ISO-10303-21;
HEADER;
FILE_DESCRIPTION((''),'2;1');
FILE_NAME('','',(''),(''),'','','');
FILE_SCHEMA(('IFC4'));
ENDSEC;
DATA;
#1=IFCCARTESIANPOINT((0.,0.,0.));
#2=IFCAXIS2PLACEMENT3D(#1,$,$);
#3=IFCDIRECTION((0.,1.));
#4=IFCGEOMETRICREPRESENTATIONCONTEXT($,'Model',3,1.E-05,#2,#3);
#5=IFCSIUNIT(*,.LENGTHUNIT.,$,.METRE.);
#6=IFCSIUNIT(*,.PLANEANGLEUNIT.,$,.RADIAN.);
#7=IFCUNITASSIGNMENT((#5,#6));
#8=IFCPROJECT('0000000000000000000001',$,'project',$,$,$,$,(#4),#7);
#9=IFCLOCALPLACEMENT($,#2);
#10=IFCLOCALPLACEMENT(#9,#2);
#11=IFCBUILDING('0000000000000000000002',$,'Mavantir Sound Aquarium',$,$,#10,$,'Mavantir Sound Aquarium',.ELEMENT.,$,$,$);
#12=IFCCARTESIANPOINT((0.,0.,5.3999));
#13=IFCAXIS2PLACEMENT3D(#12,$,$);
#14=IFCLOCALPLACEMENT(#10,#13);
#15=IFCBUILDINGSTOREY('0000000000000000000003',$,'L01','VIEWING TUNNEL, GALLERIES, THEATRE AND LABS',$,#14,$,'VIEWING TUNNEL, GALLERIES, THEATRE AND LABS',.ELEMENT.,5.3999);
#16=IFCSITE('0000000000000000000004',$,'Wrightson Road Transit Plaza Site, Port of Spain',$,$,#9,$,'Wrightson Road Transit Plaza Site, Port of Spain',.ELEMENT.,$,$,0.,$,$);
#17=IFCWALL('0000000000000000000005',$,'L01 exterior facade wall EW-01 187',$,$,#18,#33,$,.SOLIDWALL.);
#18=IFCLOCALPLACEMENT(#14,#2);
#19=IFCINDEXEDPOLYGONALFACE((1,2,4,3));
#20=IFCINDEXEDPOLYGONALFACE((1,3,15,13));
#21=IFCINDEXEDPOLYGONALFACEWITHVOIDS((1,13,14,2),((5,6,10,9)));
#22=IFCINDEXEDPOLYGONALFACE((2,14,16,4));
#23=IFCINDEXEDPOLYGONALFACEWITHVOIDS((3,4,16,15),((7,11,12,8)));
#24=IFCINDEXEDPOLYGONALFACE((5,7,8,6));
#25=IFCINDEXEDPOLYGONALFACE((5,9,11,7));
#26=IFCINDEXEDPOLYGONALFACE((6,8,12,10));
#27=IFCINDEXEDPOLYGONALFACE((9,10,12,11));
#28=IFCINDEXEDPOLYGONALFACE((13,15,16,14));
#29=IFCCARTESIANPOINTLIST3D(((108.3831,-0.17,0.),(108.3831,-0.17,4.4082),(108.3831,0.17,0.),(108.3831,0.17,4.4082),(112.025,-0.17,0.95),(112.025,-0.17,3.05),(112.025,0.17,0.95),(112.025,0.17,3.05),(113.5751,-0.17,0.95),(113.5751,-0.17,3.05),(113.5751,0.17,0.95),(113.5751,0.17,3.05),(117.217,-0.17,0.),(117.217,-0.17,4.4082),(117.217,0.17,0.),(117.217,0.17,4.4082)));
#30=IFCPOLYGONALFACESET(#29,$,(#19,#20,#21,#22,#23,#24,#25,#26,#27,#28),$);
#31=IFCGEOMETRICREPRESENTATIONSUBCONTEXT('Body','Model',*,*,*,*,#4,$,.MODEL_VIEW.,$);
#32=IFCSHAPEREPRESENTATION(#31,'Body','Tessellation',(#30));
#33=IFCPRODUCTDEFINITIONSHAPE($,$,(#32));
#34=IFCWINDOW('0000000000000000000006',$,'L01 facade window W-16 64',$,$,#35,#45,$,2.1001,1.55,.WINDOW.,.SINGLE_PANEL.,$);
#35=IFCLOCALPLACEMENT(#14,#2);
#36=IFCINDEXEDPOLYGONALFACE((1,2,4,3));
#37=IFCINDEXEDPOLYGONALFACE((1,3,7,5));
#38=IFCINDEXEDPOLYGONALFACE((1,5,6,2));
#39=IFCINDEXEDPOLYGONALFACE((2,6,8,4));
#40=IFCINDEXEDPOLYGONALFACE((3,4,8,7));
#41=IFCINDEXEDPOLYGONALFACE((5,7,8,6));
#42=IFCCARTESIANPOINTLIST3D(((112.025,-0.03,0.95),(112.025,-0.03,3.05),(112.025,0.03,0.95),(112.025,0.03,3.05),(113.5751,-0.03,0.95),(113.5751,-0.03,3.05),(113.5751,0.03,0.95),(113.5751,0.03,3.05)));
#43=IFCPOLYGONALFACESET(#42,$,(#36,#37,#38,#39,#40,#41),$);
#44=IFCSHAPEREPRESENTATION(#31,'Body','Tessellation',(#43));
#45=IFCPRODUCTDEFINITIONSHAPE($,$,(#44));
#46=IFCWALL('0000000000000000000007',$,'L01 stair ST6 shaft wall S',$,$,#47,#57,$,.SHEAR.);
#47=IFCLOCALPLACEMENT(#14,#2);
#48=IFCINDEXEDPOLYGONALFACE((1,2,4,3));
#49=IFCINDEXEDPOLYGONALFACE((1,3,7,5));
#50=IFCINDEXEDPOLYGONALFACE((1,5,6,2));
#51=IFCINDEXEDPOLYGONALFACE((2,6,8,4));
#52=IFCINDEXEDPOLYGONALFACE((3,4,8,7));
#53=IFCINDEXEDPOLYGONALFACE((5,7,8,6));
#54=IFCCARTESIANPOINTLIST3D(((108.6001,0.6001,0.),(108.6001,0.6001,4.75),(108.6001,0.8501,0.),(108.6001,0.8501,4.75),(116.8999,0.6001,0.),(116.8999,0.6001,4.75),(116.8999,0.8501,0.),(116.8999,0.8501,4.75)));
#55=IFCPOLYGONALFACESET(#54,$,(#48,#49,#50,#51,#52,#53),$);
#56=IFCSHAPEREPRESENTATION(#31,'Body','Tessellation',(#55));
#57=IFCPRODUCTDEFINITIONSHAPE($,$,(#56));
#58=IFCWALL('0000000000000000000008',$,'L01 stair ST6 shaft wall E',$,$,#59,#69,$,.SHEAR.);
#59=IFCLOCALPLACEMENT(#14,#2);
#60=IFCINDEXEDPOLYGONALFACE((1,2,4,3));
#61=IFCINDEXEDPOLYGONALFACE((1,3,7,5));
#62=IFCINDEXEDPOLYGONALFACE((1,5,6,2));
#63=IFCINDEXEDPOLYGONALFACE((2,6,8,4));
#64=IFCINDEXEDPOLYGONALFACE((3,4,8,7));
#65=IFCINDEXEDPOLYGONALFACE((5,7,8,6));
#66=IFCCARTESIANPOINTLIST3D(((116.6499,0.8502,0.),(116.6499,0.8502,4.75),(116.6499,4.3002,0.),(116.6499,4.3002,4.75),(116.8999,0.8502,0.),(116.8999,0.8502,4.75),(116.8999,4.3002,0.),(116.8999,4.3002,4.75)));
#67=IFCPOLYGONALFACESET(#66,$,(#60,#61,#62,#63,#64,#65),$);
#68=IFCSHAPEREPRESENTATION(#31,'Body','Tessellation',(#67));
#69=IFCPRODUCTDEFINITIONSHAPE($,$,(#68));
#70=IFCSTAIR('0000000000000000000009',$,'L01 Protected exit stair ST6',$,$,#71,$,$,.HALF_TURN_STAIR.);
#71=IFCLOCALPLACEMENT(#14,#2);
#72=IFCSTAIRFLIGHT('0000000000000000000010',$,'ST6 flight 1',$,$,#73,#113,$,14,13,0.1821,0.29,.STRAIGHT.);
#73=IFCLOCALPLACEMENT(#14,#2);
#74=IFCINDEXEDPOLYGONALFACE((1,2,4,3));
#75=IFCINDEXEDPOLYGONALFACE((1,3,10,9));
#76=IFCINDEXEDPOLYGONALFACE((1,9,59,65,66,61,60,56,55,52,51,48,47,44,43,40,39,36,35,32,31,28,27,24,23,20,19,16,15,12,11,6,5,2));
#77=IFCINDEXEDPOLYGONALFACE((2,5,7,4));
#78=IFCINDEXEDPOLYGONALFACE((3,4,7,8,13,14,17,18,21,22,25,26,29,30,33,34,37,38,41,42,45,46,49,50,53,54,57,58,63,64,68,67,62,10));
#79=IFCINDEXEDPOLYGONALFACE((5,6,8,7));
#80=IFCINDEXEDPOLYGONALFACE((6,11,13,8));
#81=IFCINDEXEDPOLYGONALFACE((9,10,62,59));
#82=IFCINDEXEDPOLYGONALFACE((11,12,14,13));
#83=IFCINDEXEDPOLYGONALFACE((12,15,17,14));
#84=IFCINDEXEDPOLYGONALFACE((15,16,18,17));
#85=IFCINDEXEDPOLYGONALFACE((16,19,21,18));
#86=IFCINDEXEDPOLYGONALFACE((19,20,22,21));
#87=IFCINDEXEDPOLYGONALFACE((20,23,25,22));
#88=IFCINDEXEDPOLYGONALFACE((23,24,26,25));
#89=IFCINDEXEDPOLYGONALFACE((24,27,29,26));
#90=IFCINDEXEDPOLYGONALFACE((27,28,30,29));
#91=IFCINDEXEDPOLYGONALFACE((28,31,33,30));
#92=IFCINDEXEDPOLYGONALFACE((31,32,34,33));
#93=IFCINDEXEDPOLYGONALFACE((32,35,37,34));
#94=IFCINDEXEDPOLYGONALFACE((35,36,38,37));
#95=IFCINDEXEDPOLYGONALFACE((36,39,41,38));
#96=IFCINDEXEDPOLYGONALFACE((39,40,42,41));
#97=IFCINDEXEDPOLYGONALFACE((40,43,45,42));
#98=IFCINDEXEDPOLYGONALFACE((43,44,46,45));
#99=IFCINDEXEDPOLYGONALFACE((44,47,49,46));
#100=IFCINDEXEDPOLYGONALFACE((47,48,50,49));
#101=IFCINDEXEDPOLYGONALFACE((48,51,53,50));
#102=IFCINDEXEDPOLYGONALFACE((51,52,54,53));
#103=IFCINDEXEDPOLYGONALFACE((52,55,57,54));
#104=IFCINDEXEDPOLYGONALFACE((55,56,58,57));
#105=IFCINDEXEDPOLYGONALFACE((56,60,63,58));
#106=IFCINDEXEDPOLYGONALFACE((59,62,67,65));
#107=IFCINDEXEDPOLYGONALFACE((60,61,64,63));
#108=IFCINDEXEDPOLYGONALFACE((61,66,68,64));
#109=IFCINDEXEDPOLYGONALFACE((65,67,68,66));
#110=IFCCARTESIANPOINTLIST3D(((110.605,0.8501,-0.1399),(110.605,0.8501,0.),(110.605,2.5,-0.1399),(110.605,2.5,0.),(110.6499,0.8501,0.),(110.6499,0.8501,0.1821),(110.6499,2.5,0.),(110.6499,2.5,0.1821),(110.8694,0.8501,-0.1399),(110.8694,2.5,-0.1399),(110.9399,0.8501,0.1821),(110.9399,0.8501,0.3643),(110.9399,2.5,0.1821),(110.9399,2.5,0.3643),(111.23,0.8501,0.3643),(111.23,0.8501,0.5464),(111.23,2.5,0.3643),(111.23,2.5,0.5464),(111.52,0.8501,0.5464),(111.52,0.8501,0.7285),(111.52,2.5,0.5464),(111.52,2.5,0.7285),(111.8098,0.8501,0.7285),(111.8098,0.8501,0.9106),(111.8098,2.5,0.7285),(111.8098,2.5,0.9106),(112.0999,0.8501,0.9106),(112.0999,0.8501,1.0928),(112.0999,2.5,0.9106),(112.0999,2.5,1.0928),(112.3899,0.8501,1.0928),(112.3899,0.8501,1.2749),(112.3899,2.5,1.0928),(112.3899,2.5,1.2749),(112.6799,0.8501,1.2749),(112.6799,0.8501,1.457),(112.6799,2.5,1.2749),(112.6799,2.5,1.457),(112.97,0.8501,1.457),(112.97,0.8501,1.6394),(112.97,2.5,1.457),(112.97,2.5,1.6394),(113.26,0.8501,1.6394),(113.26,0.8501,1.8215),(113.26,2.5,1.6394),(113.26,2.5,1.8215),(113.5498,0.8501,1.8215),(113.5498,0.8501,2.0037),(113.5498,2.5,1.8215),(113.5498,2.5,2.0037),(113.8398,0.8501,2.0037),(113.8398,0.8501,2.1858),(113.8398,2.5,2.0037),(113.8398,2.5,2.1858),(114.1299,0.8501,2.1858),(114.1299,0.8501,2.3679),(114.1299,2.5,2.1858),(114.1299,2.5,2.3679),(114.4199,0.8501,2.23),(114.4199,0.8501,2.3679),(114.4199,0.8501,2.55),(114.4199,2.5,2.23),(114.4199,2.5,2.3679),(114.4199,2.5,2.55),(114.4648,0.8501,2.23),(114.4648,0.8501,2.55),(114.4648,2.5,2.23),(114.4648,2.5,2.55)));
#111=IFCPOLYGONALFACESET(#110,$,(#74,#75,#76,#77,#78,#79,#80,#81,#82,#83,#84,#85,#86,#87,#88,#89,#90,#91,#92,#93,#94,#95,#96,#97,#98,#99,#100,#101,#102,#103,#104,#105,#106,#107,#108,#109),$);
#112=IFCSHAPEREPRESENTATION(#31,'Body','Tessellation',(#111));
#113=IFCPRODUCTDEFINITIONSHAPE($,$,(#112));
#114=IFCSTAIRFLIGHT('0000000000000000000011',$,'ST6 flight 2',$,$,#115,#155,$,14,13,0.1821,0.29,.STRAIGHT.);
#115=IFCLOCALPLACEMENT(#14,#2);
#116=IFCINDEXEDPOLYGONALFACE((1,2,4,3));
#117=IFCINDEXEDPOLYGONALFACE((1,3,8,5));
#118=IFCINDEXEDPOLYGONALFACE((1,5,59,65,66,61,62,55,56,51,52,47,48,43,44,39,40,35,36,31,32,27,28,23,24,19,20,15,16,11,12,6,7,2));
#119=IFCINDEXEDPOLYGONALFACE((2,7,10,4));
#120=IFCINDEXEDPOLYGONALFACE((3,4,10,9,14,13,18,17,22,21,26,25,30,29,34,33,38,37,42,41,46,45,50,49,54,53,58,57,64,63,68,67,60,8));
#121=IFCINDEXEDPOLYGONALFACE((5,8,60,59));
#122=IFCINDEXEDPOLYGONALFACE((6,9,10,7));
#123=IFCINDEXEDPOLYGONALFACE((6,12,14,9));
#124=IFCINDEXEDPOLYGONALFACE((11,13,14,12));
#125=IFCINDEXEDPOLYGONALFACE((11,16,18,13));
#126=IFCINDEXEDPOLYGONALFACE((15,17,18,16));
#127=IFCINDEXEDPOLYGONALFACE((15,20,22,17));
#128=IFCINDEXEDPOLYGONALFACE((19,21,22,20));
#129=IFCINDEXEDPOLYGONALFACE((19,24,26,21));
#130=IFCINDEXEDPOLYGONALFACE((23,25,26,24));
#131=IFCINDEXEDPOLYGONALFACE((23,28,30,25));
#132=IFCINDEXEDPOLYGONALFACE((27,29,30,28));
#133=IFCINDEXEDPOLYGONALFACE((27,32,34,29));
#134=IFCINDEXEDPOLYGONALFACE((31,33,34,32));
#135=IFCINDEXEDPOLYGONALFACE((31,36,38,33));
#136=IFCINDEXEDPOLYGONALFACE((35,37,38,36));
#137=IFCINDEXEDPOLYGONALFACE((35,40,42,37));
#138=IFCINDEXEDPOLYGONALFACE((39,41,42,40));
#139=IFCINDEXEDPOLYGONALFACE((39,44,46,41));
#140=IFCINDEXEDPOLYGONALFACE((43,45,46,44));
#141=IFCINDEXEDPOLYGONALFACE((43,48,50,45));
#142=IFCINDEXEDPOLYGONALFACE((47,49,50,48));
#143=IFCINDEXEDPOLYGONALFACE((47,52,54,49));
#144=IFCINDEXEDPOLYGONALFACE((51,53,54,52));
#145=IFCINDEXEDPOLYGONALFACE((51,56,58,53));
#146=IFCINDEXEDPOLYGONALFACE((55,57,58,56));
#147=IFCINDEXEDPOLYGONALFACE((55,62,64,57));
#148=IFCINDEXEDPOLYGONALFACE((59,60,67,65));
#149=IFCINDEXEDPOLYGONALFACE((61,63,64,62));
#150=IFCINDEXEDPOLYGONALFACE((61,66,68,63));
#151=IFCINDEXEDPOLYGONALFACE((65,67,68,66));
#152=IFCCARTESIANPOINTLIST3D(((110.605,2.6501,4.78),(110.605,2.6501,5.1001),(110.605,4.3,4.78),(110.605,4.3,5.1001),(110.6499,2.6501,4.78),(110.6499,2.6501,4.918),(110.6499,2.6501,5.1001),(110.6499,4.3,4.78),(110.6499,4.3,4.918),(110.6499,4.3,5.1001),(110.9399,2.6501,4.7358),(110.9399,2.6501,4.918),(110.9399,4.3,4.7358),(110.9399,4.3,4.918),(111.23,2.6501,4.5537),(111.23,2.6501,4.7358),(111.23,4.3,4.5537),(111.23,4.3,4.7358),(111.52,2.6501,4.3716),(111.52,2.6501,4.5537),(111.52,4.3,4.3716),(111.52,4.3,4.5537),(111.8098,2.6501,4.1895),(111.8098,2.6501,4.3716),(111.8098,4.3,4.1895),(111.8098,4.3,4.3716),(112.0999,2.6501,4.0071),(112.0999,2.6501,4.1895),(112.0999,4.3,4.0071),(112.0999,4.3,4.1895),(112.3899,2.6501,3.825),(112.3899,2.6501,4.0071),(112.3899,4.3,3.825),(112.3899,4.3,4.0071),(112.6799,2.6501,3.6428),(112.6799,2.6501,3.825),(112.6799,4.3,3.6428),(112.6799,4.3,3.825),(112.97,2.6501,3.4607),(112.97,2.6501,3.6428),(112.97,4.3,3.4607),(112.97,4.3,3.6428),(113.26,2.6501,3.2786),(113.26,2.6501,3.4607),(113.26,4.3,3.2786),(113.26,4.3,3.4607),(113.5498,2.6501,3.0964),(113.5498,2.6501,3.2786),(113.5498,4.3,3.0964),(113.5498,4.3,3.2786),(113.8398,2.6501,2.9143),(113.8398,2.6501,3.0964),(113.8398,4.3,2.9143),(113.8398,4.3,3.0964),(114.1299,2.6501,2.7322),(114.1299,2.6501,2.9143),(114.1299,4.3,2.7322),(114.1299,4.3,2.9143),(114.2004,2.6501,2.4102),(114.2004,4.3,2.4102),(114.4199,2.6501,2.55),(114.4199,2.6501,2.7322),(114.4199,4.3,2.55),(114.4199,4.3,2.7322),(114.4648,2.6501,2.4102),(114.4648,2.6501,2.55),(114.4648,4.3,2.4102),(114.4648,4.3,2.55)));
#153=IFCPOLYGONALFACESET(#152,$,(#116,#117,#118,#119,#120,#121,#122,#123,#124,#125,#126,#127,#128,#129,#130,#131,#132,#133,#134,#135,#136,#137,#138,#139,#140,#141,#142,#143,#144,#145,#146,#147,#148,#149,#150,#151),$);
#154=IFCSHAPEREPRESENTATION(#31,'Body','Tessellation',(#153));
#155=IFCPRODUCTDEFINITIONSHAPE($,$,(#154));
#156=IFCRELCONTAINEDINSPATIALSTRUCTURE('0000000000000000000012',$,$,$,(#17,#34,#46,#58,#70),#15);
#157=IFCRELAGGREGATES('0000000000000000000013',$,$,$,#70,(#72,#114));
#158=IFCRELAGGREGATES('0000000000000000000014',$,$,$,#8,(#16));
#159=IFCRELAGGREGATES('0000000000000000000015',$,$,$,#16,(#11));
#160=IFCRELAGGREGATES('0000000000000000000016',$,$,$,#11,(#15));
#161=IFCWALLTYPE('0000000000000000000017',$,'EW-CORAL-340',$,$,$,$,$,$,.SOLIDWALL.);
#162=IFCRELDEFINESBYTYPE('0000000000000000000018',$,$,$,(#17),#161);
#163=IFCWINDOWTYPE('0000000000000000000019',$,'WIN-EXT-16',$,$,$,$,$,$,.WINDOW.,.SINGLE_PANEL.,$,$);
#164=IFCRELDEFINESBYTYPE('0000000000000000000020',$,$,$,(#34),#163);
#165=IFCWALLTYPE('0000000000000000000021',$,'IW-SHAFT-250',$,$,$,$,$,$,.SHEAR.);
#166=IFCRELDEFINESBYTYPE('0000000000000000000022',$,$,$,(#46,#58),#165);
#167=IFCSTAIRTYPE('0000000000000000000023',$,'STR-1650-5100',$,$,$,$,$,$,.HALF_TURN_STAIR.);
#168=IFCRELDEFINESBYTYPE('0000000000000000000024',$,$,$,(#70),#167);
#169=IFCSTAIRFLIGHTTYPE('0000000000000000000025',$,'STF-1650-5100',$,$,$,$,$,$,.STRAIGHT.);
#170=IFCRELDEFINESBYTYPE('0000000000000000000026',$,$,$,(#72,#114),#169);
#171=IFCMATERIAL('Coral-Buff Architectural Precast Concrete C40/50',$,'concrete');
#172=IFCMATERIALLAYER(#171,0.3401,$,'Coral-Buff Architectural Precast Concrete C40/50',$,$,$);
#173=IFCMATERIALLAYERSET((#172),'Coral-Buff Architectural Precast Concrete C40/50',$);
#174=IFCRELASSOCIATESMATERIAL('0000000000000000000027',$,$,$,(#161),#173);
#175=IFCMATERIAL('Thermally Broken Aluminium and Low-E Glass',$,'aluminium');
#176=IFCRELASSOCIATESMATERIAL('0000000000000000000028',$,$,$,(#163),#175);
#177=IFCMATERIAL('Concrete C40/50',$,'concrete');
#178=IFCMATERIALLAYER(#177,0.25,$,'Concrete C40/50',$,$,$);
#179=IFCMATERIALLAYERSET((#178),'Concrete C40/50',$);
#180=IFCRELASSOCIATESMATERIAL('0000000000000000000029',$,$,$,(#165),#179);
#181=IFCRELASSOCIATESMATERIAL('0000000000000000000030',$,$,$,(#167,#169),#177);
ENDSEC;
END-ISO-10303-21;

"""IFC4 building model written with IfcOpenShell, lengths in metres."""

from ifc_helpers import new_model, si_unit, direction, frame, frame_2d, origin, place, context, subcontext, project, spatial, polyline, rectangle, outline, extrude, material, layer, layer_set, type_object, element, fill, aggregate, save


model = new_model("IFC4")

# Units and contexts
model_context = context("Model", 3, precision=1e-05, world=origin(), true_north=direction((0.0, 1.0)))
body_context = subcontext(model_context, "Body", "Model", "MODEL_VIEW")
ifc_project = project(units=[si_unit("LENGTHUNIT", "METRE"), si_unit("PLANEANGLEUNIT", "RADIAN")], contexts=[model_context])

# Site, building, storey
site_placement = place(None, origin())
site = spatial("IfcSite", under=ifc_project, at=site_placement, Name="Wrightson Road Transit Plaza Site, Port of Spain", LongName="Wrightson Road Transit Plaza Site, Port of Spain", CompositionType="ELEMENT", RefElevation=0.0)
building_placement = place(site_placement, origin())
building = spatial("IfcBuilding", under=site, at=building_placement, Name="Mavantir Sound Aquarium", LongName="Mavantir Sound Aquarium", CompositionType="ELEMENT")
storey_placement = place(building_placement, frame((0.0, 0.0, 5.3999)))
storey = spatial("IfcBuildingStorey", under=building, at=storey_placement, Name="L01", Description="VIEWING TUNNEL, GALLERIES, THEATRE AND LABS", LongName="VIEWING TUNNEL, GALLERIES, THEATRE AND LABS", CompositionType="ELEMENT", Elevation=5.3999)

# Shared definitions
ifc_material_1 = material(Name="Concrete C40/50", Category="concrete")

# Wall, opening, window
ifc_material_2 = material(Name="Coral-Buff Architectural Precast Concrete C40/50", Category="concrete")
ifc_layer_1 = layer(ifc_material_2, 0.3401, Name="Coral-Buff Architectural Precast Concrete C40/50")
ifc_layer_set_1 = layer_set([ifc_layer_1], Name="Coral-Buff Architectural Precast Concrete C40/50")
wall_type_1 = type_object("IfcWallType", Name="EW-CORAL-340", PredefinedType="SOLIDWALL", material=ifc_layer_set_1)
wall_1_placement = place(storey_placement, frame((108.3831, 0.0, 0.0), z_axis=(0.0, 0.0, 1.0), x_axis=(1.0, 0.0, 0.0)))
wall_1 = element("IfcWall", 1, at=wall_1_placement, inside=storey, type_object=wall_type_1, Name="L01 exterior facade wall EW-01 187", PredefinedType="SOLIDWALL", context=body_context, shape_type="SweptSolid", body=[
    extrude(rectangle(XDim=8.834, YDim=0.3401, at=frame_2d((4.417, 0.0))), origin(), (0.0, 0.0, 1.0), 4.4082),
])
opening_placement = place(wall_1_placement, frame((3.6421, 0.0, 0.95)))
opening = element("IfcOpeningElement", 2, at=opening_placement, cuts=wall_1, PredefinedType="OPENING", context=body_context, shape_type="SweptSolid", body=[
    extrude(rectangle(XDim=1.55, YDim=2.1001, at=frame_2d((0.7749, 1.05))), frame((0.0, 0.1802, 0.0), z_axis=(0.0, -1.0, 0.0), x_axis=(1.0, 0.0, 0.0)), (0.0, 0.0, 1.0), 0.3601),
])
ifc_material_3 = material(Name="Thermally Broken Aluminium and Low-E Glass", Category="aluminium")
window_type = type_object("IfcWindowType", Name="WIN-EXT-16", PartitioningType="SINGLE_PANEL", PredefinedType="WINDOW", material=ifc_material_3)
window_placement = place(opening_placement, origin())
window = element("IfcWindow", 3, at=window_placement, inside=storey, type_object=window_type, Name="L01 facade window W-16 64", OverallHeight=2.1001, OverallWidth=1.55, PartitioningType="SINGLE_PANEL", PredefinedType="WINDOW", context=body_context, shape_type="SweptSolid", body=[
    extrude(rectangle(XDim=1.55, YDim=2.1001, at=frame_2d((0.7749, 1.05))), frame((0.0, 0.03, 0.0), z_axis=(0.0, -1.0, 0.0), x_axis=(1.0, 0.0, 0.0)), (0.0, 0.0, 1.0), 0.0601),
])
fill(opening, window)

# Walls
ifc_layer_2 = layer(ifc_material_1, 0.25, Name="Concrete C40/50")
ifc_layer_set_2 = layer_set([ifc_layer_2], Name="Concrete C40/50")
wall_type_2 = type_object("IfcWallType", Name="IW-SHAFT-250", PredefinedType="SHEAR", material=ifc_layer_set_2)
wall_2_placement = place(storey_placement, frame((108.6001, 0.7251, 0.0), z_axis=(0.0, 0.0, 1.0), x_axis=(1.0, 0.0, 0.0)))
element("IfcWall", 4, at=wall_2_placement, inside=storey, type_object=wall_type_2, Name="L01 stair ST6 shaft wall S", PredefinedType="SHEAR", context=body_context, shape_type="SweptSolid", body=[
    extrude(rectangle(XDim=8.2998, YDim=0.25, at=frame_2d((4.1499, 0.0))), origin(), (0.0, 0.0, 1.0), 4.75),
])
wall_3_placement = place(storey_placement, frame((116.7749, 0.8501, 0.0), z_axis=(0.0, 0.0, 1.0), x_axis=(0.0, 1.0, 0.0)))
element("IfcWall", 5, at=wall_3_placement, inside=storey, type_object=wall_type_2, Name="L01 stair ST6 shaft wall E", PredefinedType="SHEAR", context=body_context, shape_type="SweptSolid", body=[
    extrude(rectangle(XDim=3.45, YDim=0.25, at=frame_2d((1.7251, 0.0))), origin(), (0.0, 0.0, 1.0), 4.75),
])

# Stair, stair flights
stair_type = type_object("IfcStairType", Name="STR-1650-5100", PredefinedType="HALF_TURN_STAIR", material=ifc_material_1)
stair_placement = place(storey_placement, origin())
stair = element("IfcStair", 6, at=stair_placement, inside=storey, type_object=stair_type, Name="L01 Protected exit stair ST6", PredefinedType="HALF_TURN_STAIR")
stair_flight_type = type_object("IfcStairFlightType", Name="STF-1650-5100", PredefinedType="STRAIGHT", material=ifc_material_1)
stair_flight_1_placement = place(storey_placement, frame((110.6499, 1.675, 0.0), z_axis=(0.0, 0.0, 1.0), x_axis=(1.0, 0.0, 0.0)))
stair_flight_1 = element("IfcStairFlight", 7, at=stair_flight_1_placement, type_object=stair_flight_type, Name="ST6 flight 1", NumberOfRisers=14, NumberOfTreads=13, PredefinedType="STRAIGHT", RiserHeight=0.1821, TreadLength=0.29, context=body_context, shape_type="SweptSolid", body=[
    extrude(outline(polyline([(-0.0449, -0.1399), (-0.0449, 0.0), (0.0, 0.0), (0.0, 0.1821), (0.29, 0.1821), (0.29, 0.3643), (0.5801, 0.3643), (0.5801, 0.5464), (0.8701, 0.5464), (0.8701, 0.7285), (1.1599, 0.7285), (1.1599, 0.9106), (1.45, 0.9106), (1.45, 1.0928), (1.74, 1.0928), (1.74, 1.2749), (2.03, 1.2749), (2.03, 1.457), (2.3201, 1.457), (2.3201, 1.6394), (2.6101, 1.6394), (2.6101, 1.8215), (2.8999, 1.8215), (2.8999, 2.0037), (3.1899, 2.0037), (3.1899, 2.1858), (3.48, 2.1858), (3.48, 2.3679), (3.77, 2.3679), (3.77, 2.55), (3.8149, 2.55), (3.8149, 2.23), (3.77, 2.23), (0.2195, -0.1399), (-0.0449, -0.1399)])), frame((0.0, 0.825, 0.0), z_axis=(0.0, -1.0, 0.0), x_axis=(1.0, 0.0, 0.0)), (0.0, 0.0, 1.0), 1.6499),
])
stair_flight_2_placement = place(storey_placement, frame((114.4199, 3.4751, 2.55), z_axis=(0.0, 0.0, 1.0), x_axis=(-1.0, 0.0, 0.0)))
stair_flight_2 = element("IfcStairFlight", 8, at=stair_flight_2_placement, type_object=stair_flight_type, Name="ST6 flight 2", NumberOfRisers=14, NumberOfTreads=13, PredefinedType="STRAIGHT", RiserHeight=0.1821, TreadLength=0.29, context=body_context, shape_type="SweptSolid", body=[
    extrude(outline(polyline([(-0.0449, -0.1399), (-0.0449, 0.0), (0.0, 0.0), (0.0, 0.1821), (0.29, 0.1821), (0.29, 0.3643), (0.5801, 0.3643), (0.5801, 0.5464), (0.8701, 0.5464), (0.8701, 0.7285), (1.1599, 0.7285), (1.1599, 0.9106), (1.45, 0.9106), (1.45, 1.0928), (1.74, 1.0928), (1.74, 1.2749), (2.03, 1.2749), (2.03, 1.457), (2.3201, 1.457), (2.3201, 1.6394), (2.6101, 1.6394), (2.6101, 1.8215), (2.8999, 1.8215), (2.8999, 2.0037), (3.1899, 2.0037), (3.1899, 2.1858), (3.48, 2.1858), (3.48, 2.3679), (3.77, 2.3679), (3.77, 2.55), (3.8149, 2.55), (3.8149, 2.23), (3.77, 2.23), (0.2195, -0.1399), (-0.0449, -0.1399)])), frame((0.0, 0.825, 0.0), z_axis=(0.0, -1.0, 0.0), x_axis=(1.0, 0.0, 0.0)), (0.0, 0.0, 1.0), 1.6499),
])
aggregate(stair, [stair_flight_1, stair_flight_2])

save(model, "model.ifc")
